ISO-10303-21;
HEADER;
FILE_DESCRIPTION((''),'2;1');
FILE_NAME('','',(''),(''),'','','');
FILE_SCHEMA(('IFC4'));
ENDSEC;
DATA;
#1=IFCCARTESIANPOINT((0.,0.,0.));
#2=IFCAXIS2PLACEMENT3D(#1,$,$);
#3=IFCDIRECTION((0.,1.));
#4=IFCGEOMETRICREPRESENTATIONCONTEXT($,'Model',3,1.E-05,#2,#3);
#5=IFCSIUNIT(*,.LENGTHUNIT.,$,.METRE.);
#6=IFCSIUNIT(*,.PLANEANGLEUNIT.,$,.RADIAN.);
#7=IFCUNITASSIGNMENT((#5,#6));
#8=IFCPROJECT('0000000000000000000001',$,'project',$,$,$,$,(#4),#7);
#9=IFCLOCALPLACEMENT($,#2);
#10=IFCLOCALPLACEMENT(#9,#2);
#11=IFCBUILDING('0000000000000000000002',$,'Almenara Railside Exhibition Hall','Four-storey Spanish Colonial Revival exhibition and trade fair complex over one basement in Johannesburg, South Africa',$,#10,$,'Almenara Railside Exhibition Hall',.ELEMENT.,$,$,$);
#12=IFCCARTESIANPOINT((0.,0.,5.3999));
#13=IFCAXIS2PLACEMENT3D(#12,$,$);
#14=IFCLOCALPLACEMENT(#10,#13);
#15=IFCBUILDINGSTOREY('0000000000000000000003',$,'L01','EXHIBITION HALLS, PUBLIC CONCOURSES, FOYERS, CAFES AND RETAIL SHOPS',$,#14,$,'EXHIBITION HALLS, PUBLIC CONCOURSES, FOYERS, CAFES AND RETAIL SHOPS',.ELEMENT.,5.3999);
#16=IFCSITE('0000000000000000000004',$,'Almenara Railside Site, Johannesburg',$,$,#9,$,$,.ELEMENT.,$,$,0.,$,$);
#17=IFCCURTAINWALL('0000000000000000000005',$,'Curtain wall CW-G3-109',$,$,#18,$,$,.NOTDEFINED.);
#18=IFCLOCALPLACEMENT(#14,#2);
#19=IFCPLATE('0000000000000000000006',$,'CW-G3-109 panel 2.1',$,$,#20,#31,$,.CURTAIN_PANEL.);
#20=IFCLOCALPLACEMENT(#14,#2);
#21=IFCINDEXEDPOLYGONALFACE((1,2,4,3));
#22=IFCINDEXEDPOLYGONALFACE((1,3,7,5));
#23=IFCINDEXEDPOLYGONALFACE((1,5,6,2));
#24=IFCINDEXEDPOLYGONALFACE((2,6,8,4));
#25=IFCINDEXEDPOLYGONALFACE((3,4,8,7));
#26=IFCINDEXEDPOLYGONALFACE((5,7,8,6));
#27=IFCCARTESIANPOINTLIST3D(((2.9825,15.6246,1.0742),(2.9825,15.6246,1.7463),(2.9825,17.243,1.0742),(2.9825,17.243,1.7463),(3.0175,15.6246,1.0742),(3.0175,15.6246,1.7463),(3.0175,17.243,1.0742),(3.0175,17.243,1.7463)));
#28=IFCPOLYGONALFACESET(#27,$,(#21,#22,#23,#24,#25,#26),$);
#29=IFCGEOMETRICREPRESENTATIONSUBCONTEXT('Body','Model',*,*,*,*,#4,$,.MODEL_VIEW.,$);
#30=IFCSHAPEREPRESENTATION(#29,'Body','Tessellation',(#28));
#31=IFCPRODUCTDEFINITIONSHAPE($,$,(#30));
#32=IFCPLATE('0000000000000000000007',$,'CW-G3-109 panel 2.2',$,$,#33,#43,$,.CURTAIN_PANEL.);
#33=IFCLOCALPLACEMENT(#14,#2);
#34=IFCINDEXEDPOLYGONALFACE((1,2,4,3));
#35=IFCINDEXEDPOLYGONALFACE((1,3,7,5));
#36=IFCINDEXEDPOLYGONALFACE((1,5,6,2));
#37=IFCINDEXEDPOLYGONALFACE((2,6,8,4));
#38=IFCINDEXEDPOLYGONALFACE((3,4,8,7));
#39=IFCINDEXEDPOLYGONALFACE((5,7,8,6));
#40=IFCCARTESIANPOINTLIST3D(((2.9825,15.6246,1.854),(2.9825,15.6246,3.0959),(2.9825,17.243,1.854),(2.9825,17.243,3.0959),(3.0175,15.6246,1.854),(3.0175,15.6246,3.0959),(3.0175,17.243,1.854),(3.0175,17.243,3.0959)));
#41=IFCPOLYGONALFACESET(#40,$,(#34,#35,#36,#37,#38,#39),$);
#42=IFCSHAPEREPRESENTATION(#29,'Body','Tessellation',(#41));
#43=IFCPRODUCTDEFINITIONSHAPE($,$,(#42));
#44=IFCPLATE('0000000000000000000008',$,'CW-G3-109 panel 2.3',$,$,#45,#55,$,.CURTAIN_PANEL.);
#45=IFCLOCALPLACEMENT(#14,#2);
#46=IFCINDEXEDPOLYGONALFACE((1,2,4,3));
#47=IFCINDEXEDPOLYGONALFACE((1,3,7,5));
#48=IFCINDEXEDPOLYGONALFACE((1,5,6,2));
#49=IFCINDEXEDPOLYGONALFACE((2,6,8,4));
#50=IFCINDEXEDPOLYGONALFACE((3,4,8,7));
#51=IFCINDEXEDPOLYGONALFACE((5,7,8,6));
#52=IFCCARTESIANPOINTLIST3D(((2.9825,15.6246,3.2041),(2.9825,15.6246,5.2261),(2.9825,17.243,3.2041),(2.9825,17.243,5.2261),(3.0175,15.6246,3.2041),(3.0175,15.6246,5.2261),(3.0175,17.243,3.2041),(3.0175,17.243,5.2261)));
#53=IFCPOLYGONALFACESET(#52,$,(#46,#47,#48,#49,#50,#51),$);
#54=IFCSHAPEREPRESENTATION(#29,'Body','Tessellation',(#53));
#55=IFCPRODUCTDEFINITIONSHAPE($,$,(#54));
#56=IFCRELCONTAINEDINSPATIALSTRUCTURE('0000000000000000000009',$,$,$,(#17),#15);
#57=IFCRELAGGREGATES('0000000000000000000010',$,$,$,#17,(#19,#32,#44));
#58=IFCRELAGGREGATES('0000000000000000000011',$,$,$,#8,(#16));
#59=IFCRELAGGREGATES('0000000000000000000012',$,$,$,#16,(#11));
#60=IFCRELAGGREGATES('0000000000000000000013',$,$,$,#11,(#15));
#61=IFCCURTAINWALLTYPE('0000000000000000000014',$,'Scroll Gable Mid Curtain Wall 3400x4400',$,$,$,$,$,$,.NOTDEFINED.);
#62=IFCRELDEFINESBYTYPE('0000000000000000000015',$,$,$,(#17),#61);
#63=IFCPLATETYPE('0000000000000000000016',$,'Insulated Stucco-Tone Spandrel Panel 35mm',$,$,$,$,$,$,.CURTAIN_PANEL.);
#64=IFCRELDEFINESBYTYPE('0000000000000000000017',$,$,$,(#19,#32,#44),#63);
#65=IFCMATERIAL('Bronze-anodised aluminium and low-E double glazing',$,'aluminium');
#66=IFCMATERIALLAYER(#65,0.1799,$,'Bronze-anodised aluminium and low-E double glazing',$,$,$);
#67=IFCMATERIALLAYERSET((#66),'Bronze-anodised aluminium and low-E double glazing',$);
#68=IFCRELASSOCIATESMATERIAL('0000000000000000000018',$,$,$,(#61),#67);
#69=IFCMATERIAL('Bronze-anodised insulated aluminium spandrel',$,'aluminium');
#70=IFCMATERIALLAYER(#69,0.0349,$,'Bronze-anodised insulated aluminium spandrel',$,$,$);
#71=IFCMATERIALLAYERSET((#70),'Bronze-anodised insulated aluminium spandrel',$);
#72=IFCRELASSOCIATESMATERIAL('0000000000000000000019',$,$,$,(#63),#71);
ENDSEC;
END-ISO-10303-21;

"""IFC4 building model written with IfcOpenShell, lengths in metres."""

from ifc_helpers import new_model, si_unit, direction, frame, origin, origin_2d, place, context, subcontext, project, spatial, rectangle, extrude, material, layer, layer_set, type_object, element, aggregate, save


model = new_model("IFC4")

# Units and contexts
model_context = context("Model", 3, precision=1e-05, world=origin(), true_north=direction((0.0, 1.0)))
body_context = subcontext(model_context, "Body", "Model", "MODEL_VIEW")
ifc_project = project(units=[si_unit("LENGTHUNIT", "METRE"), si_unit("PLANEANGLEUNIT", "RADIAN")], contexts=[model_context])

# Site, building, storey
site_placement = place(None, origin())
site = spatial("IfcSite", under=ifc_project, at=site_placement, Name="Almenara Railside Site, Johannesburg", CompositionType="ELEMENT", RefElevation=0.0)
building_placement = place(site_placement, origin())
building = spatial("IfcBuilding", under=site, at=building_placement, Name="Almenara Railside Exhibition Hall", Description="Four-storey Spanish Colonial Revival exhibition and trade fair complex over one basement in Johannesburg, South Africa", LongName="Almenara Railside Exhibition Hall", CompositionType="ELEMENT")
storey_placement = place(building_placement, frame((0.0, 0.0, 5.3999)))
storey = spatial("IfcBuildingStorey", under=building, at=storey_placement, Name="L01", Description="EXHIBITION HALLS, PUBLIC CONCOURSES, FOYERS, CAFES AND RETAIL SHOPS", LongName="EXHIBITION HALLS, PUBLIC CONCOURSES, FOYERS, CAFES AND RETAIL SHOPS", CompositionType="ELEMENT", Elevation=5.3999)

# Curtain wall
ifc_material_1 = material(Name="Bronze-anodised aluminium and low-E double glazing", Category="aluminium")
ifc_layer_1 = layer(ifc_material_1, 0.1799, Name="Bronze-anodised aluminium and low-E double glazing")
ifc_layer_set_1 = layer_set([ifc_layer_1], Name="Bronze-anodised aluminium and low-E double glazing")
curtain_wall_type = type_object("IfcCurtainWallType", Name="Scroll Gable Mid Curtain Wall 3400x4400", PredefinedType="NOTDEFINED", material=ifc_layer_set_1)
curtain_wall_1_placement = place(storey_placement, origin())
curtain_wall_1 = element("IfcCurtainWall", 1, at=curtain_wall_1_placement, inside=storey, type_object=curtain_wall_type, Name="Curtain wall CW-G3-109", PredefinedType="NOTDEFINED")

# Plates
ifc_material_2 = material(Name="Bronze-anodised insulated aluminium spandrel", Category="aluminium")
ifc_layer_2 = layer(ifc_material_2, 0.0349, Name="Bronze-anodised insulated aluminium spandrel")
ifc_layer_set_2 = layer_set([ifc_layer_2], Name="Bronze-anodised insulated aluminium spandrel")
plate_type_1 = type_object("IfcPlateType", Name="Insulated Stucco-Tone Spandrel Panel 35mm", PredefinedType="CURTAIN_PANEL", material=ifc_layer_set_2)
plate_1_placement = place(storey_placement, frame((3.0, 16.4338, 1.0742), z_axis=(0.0, 0.0, 1.0), x_axis=(0.0, 1.0, 0.0)))
plate_1 = element("IfcPlate", 2, at=plate_1_placement, type_object=plate_type_1, Name="CW-G3-109 panel 2.1", PredefinedType="CURTAIN_PANEL", context=body_context, shape_type="SweptSolid", body=[
    extrude(rectangle(XDim=1.6184, YDim=0.0349, at=origin_2d()), origin(), (0.0, 0.0, 1.0), 0.6721),
])
plate_2_placement = place(storey_placement, frame((3.0, 16.4338, 1.854), z_axis=(0.0, 0.0, 1.0), x_axis=(0.0, 1.0, 0.0)))
plate_2 = element("IfcPlate", 3, at=plate_2_placement, type_object=plate_type_1, Name="CW-G3-109 panel 2.2", PredefinedType="CURTAIN_PANEL", context=body_context, shape_type="SweptSolid", body=[
    extrude(rectangle(XDim=1.6184, YDim=0.0349, at=origin_2d()), origin(), (0.0, 0.0, 1.0), 1.2419),
])
plate_3_placement = place(storey_placement, frame((3.0, 16.4338, 3.2041), z_axis=(0.0, 0.0, 1.0), x_axis=(0.0, 1.0, 0.0)))
plate_3 = element("IfcPlate", 4, at=plate_3_placement, type_object=plate_type_1, Name="CW-G3-109 panel 2.3", PredefinedType="CURTAIN_PANEL", context=body_context, shape_type="SweptSolid", body=[
    extrude(rectangle(XDim=1.6184, YDim=0.0349, at=origin_2d()), origin(), (0.0, 0.0, 1.0), 2.022),
])
aggregate(curtain_wall_1, [plate_1, plate_2, plate_3])

save(model, "model.ifc")
